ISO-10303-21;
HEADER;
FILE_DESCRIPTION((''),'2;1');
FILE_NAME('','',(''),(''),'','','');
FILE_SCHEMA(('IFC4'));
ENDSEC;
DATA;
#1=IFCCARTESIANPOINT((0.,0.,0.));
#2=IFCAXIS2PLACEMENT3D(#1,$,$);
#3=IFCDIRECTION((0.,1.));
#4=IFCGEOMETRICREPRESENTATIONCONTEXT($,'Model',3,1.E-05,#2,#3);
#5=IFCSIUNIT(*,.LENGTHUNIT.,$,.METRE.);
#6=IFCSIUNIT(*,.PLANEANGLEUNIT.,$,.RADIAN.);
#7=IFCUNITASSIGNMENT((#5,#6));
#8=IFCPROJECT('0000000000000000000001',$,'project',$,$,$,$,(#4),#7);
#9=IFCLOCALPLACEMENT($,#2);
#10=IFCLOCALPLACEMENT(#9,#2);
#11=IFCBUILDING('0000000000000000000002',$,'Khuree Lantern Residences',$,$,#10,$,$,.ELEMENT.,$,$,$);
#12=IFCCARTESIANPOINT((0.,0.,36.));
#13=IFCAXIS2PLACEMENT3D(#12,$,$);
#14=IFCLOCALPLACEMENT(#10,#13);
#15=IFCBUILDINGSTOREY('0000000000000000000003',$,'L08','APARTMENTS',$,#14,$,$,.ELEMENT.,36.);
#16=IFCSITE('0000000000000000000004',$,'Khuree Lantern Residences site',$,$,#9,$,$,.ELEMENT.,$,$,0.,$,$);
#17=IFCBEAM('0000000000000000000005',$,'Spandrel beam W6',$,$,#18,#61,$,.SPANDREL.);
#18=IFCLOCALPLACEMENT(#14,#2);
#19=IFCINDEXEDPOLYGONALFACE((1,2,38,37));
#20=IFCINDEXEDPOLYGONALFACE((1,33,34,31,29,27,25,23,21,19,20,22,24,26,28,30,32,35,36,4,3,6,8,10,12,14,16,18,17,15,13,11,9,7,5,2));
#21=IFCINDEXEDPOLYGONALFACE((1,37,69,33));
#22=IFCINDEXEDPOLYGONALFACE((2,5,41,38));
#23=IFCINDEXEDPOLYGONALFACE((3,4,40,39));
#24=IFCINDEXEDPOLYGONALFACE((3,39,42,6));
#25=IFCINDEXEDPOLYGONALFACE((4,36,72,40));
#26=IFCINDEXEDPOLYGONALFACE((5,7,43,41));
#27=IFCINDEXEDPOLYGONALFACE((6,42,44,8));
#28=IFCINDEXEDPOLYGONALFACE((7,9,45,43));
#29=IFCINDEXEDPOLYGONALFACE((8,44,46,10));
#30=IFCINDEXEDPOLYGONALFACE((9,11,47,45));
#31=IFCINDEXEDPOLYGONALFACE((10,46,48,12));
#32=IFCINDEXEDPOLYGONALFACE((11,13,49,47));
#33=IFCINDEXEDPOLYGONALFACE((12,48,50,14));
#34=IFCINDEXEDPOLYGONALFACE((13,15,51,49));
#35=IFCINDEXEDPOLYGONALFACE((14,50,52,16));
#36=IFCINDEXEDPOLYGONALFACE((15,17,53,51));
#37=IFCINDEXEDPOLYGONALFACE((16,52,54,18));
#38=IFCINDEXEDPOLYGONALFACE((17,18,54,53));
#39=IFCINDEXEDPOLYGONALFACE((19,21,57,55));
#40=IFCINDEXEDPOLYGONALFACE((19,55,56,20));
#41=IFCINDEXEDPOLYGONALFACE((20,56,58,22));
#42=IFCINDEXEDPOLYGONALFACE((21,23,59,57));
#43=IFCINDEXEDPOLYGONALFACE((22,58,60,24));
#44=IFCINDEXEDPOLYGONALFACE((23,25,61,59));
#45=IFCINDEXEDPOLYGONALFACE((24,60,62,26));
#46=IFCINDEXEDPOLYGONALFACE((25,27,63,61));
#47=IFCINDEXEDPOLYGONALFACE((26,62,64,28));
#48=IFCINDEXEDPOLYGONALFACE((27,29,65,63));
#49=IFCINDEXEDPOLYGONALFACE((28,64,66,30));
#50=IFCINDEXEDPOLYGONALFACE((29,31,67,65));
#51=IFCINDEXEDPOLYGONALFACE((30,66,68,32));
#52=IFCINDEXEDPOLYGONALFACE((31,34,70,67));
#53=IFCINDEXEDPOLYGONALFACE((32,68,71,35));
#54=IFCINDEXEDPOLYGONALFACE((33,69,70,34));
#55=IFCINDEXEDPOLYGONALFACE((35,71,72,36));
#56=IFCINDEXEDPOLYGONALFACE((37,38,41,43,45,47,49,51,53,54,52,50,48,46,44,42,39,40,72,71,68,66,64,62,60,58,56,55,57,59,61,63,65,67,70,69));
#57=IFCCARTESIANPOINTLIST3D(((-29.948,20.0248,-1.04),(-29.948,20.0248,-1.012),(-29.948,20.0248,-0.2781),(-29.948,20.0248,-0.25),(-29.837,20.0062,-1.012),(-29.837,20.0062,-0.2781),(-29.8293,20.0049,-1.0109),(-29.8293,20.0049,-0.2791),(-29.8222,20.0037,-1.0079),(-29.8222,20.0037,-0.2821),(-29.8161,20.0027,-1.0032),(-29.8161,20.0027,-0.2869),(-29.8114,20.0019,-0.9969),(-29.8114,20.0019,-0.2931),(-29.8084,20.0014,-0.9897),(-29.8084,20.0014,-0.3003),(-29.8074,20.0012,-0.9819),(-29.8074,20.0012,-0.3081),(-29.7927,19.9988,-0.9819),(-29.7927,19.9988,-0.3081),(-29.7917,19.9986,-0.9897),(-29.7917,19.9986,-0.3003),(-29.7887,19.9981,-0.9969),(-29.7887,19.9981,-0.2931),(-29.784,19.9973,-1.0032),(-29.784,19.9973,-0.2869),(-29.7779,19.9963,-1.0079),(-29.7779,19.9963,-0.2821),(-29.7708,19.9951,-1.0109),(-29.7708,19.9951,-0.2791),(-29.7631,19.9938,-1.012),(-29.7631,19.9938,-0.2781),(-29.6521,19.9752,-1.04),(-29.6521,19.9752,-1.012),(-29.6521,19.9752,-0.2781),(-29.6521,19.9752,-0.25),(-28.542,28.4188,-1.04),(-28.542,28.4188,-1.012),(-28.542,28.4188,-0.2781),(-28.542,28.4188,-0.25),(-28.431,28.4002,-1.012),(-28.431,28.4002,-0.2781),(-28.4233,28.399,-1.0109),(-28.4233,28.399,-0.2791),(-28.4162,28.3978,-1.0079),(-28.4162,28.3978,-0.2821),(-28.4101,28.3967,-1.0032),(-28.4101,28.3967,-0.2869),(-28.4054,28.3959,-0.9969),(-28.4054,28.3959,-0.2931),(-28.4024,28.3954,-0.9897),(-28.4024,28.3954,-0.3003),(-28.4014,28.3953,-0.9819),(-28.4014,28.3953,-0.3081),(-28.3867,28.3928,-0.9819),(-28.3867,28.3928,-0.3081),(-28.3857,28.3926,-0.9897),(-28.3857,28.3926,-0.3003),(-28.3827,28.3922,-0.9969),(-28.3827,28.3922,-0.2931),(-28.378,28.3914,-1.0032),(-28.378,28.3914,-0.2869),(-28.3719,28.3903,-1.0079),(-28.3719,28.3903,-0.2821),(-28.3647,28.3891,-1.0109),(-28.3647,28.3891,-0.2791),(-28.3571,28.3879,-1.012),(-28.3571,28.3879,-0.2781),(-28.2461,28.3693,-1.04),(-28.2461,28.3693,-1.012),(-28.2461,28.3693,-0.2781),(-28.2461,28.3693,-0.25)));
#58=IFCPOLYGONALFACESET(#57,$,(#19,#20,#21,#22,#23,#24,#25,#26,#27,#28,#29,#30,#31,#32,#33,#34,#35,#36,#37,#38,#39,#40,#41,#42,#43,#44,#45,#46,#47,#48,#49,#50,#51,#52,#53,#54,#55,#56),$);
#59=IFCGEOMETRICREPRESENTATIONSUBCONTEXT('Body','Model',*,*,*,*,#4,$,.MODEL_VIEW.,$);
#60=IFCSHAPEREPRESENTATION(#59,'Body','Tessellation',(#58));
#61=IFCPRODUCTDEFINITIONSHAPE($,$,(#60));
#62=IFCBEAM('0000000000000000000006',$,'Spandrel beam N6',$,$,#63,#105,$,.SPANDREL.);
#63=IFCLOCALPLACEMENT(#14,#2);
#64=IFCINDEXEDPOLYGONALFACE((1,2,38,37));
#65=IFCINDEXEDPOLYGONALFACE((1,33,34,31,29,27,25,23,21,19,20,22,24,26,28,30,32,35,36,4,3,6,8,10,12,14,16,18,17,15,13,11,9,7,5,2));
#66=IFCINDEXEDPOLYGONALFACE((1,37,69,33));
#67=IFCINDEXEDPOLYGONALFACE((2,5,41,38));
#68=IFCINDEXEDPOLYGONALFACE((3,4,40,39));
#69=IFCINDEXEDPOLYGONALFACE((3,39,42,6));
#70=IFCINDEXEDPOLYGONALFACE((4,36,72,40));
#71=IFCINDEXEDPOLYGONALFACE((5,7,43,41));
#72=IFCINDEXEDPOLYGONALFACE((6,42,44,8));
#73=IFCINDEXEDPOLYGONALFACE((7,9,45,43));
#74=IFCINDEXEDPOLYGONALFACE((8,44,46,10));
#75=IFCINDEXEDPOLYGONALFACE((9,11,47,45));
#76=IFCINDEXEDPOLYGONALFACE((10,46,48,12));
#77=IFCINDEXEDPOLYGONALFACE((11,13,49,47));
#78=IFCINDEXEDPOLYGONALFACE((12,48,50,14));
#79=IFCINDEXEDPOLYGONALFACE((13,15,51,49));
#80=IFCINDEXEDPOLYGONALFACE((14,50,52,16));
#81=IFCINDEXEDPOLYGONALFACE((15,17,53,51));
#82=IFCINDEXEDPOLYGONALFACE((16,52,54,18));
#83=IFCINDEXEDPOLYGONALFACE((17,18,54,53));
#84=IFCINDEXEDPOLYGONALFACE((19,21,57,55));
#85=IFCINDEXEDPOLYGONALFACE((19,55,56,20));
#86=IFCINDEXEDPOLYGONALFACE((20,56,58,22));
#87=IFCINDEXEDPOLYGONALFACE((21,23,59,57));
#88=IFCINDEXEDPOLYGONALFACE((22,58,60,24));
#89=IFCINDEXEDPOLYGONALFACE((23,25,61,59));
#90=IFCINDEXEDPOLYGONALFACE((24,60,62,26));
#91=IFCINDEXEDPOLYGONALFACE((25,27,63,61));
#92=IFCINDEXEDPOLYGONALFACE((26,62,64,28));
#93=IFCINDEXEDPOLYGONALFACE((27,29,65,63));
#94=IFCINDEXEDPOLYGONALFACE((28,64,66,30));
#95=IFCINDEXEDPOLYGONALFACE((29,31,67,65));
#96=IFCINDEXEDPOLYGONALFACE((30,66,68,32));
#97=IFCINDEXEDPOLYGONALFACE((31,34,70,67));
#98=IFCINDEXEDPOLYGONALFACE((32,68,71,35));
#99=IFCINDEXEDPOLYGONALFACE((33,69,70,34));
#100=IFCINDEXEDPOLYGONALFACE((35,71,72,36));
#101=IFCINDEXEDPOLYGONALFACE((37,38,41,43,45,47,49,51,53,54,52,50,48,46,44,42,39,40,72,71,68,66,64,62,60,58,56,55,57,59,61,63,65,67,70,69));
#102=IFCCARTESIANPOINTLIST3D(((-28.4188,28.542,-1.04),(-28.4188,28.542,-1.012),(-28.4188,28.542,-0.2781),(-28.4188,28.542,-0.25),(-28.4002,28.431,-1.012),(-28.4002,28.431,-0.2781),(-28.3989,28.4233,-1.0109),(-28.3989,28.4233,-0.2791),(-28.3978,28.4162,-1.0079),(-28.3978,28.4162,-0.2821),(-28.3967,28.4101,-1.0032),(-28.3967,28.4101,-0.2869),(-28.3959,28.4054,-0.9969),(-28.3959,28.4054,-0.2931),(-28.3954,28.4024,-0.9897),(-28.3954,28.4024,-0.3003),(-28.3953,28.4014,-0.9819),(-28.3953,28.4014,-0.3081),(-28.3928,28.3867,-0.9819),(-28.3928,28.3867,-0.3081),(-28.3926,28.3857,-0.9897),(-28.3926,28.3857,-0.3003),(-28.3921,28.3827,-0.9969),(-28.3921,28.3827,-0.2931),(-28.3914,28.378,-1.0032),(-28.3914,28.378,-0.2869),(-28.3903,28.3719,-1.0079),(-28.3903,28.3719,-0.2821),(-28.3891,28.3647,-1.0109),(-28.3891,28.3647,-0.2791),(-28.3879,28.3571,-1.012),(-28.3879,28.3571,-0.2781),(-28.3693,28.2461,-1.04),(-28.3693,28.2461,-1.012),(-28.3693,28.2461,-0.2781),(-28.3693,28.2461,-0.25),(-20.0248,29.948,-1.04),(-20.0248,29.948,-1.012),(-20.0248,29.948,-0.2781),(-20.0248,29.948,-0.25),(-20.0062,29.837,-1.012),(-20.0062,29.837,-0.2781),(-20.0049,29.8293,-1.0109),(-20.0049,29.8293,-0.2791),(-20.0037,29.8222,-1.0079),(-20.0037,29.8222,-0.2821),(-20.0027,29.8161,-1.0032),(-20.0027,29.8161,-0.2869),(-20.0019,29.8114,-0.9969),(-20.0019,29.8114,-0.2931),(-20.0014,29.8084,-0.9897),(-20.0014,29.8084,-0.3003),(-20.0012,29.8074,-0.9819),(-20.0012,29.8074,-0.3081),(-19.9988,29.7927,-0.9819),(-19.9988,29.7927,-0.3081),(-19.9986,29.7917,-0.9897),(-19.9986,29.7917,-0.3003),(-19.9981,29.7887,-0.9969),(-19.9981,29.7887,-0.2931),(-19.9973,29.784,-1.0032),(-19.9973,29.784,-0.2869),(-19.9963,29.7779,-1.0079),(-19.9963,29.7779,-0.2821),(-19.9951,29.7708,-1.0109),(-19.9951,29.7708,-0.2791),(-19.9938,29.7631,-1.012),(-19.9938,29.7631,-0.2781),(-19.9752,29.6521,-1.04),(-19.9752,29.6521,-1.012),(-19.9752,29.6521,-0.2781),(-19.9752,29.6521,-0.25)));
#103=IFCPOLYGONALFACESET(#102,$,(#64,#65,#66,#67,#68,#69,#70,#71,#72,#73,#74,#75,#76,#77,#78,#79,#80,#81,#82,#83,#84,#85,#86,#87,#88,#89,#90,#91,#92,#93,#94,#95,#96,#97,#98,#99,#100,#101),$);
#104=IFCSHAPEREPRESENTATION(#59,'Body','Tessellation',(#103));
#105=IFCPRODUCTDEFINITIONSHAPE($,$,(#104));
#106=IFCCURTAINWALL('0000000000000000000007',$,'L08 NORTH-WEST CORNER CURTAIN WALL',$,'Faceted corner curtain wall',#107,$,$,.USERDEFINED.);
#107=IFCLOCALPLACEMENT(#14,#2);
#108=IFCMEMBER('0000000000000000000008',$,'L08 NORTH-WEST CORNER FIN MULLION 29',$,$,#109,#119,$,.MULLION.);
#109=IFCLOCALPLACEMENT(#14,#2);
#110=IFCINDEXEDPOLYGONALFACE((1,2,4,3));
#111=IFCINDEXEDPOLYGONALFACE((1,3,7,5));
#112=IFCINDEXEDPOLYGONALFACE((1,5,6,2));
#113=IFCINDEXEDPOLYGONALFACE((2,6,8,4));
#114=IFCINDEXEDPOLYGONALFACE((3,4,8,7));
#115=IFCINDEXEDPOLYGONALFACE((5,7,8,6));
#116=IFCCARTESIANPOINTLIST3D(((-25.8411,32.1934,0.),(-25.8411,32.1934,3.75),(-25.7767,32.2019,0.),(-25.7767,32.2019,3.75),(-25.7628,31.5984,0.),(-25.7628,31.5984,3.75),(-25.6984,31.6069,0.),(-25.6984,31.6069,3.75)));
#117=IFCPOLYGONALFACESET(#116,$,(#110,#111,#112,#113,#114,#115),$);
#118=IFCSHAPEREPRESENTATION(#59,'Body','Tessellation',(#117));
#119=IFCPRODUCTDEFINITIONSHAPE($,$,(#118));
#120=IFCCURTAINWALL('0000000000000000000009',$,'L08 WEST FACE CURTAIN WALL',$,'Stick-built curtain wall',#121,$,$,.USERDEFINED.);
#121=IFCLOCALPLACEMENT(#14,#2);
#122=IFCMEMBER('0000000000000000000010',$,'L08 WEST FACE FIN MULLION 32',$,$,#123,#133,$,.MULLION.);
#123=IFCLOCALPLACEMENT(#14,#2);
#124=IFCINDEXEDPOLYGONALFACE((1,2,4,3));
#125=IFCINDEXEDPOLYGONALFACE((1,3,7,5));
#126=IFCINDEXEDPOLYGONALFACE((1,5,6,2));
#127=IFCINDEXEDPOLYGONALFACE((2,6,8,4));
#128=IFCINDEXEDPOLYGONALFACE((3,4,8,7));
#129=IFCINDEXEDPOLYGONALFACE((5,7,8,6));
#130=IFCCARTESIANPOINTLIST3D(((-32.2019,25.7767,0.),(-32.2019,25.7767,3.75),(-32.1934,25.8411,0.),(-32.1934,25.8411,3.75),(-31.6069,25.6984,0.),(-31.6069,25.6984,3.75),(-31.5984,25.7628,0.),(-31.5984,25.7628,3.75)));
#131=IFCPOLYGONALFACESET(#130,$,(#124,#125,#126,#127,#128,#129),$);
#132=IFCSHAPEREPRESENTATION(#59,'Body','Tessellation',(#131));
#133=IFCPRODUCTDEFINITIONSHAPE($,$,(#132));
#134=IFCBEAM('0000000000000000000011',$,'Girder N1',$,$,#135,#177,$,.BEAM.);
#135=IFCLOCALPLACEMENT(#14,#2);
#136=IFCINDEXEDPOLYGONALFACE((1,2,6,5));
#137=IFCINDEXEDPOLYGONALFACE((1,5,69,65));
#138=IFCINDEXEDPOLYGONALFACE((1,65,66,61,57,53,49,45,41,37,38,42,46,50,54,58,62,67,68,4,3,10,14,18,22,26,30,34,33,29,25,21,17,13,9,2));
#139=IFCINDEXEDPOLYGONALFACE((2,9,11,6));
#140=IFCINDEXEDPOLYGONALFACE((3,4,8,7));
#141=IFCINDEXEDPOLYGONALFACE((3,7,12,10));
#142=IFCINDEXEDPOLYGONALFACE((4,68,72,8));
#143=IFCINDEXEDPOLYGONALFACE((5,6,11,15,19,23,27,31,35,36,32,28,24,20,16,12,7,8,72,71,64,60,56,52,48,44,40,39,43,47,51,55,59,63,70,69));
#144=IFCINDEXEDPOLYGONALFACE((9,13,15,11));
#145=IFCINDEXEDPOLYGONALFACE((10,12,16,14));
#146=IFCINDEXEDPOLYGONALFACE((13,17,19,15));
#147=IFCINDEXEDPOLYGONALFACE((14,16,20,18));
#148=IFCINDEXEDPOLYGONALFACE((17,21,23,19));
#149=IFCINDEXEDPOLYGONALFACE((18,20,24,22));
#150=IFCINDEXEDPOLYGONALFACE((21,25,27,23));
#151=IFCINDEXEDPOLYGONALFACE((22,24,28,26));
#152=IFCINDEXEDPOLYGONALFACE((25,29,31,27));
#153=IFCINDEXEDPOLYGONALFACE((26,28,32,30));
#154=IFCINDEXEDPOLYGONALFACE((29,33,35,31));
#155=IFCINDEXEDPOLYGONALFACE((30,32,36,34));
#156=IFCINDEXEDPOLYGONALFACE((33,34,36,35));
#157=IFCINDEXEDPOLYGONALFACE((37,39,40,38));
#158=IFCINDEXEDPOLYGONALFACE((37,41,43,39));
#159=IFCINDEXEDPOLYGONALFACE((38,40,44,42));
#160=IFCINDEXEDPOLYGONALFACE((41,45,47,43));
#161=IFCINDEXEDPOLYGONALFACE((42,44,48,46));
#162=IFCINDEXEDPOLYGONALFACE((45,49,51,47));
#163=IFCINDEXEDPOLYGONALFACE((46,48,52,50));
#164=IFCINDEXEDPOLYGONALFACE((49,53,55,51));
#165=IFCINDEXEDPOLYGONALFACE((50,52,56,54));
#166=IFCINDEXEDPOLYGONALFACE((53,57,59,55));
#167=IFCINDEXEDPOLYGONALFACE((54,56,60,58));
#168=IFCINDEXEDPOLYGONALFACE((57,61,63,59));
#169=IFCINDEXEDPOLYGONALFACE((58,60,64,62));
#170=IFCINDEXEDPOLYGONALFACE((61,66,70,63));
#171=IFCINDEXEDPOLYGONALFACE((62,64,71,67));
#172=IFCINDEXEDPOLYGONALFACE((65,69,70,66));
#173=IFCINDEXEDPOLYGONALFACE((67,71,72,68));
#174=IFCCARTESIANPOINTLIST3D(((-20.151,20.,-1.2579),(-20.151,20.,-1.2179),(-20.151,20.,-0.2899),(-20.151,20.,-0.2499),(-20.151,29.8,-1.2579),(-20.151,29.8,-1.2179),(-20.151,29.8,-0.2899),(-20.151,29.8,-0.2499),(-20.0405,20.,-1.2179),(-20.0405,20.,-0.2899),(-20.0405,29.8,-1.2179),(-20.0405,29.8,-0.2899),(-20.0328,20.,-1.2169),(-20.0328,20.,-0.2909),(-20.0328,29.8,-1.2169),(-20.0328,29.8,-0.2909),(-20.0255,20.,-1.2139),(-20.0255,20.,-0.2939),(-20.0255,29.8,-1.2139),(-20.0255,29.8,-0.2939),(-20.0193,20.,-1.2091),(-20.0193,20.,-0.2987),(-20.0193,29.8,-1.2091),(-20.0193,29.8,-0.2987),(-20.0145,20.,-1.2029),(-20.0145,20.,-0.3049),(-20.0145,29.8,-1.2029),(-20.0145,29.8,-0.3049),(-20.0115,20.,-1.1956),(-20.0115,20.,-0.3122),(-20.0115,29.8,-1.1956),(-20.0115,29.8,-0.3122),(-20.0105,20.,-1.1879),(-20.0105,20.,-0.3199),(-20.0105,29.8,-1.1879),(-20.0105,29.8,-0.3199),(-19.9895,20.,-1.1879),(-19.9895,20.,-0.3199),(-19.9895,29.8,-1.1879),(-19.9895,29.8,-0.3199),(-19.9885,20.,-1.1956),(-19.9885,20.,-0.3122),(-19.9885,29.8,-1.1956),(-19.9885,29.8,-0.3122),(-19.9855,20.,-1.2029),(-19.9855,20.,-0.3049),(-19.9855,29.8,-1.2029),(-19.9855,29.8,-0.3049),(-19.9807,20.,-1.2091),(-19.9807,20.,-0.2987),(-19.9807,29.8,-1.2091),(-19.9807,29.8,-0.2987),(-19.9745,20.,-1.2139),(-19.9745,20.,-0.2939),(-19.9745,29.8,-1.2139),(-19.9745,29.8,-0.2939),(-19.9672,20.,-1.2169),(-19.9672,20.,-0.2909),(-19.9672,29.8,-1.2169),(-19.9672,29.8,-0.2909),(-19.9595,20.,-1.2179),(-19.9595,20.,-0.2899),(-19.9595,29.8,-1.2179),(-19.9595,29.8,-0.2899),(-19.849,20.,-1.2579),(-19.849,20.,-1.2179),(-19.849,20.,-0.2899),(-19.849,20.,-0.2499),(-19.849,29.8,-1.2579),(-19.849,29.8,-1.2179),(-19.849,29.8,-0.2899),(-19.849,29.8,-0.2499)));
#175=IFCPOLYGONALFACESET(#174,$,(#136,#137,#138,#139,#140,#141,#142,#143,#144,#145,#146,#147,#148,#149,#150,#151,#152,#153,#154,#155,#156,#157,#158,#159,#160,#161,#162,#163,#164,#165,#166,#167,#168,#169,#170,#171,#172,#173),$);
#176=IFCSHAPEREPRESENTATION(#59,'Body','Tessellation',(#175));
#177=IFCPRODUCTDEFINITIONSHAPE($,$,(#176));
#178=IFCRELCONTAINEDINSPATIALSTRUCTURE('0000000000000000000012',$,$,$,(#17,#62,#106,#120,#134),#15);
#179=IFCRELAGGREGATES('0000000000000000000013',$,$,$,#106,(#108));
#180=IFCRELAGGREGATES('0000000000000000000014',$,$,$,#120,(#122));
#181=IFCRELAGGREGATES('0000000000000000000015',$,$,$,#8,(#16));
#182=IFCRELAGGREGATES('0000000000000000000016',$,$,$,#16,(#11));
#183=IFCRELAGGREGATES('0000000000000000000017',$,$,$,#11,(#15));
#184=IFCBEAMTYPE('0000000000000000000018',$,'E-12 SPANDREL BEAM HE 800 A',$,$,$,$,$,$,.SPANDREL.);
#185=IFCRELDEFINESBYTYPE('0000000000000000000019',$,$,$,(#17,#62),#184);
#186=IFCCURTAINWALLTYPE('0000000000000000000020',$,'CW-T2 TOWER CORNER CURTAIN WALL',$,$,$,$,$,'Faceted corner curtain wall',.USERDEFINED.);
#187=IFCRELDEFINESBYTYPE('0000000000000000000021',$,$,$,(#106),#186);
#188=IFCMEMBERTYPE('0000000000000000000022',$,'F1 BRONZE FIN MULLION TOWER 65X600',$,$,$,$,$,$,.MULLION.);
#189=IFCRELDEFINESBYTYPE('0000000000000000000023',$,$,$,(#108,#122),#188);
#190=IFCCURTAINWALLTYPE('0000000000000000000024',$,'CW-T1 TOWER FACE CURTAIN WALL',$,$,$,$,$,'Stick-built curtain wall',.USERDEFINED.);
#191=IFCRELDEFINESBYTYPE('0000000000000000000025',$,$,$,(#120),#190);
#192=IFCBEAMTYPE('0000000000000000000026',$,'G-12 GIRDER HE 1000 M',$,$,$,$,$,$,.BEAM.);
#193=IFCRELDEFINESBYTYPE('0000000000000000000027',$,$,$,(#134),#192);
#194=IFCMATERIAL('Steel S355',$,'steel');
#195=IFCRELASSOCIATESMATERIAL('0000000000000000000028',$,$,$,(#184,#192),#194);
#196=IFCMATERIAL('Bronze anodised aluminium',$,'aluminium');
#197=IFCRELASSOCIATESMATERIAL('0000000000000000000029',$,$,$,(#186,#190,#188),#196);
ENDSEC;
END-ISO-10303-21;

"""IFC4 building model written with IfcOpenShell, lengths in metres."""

from ifc_helpers import new_model, si_unit, direction, frame, origin, origin_2d, place, context, subcontext, project, spatial, rectangle, i_section, extrude, material, material_profile, profile_set, type_object, element, aggregate, save


model = new_model("IFC4")

# Units and contexts
model_context = context("Model", 3, precision=1e-05, world=origin(), true_north=direction((0.0, 1.0)))
body_context = subcontext(model_context, "Body", "Model", "MODEL_VIEW")
ifc_project = project(units=[si_unit("LENGTHUNIT", "METRE"), si_unit("PLANEANGLEUNIT", "RADIAN")], contexts=[model_context])

# Site, building, storey
site_placement = place(None, origin())
site = spatial("IfcSite", under=ifc_project, at=site_placement, Name="Khuree Lantern Residences site", CompositionType="ELEMENT", RefElevation=0.0)
building_placement = place(site_placement, origin())
building = spatial("IfcBuilding", under=site, at=building_placement, Name="Khuree Lantern Residences", CompositionType="ELEMENT")
storey_placement = place(building_placement, frame((0.0, 0.0, 36.0)))
storey = spatial("IfcBuildingStorey", under=building, at=storey_placement, Name="L08", Description="APARTMENTS", CompositionType="ELEMENT", Elevation=36.0)

# Beams
ifc_material_1 = material(Name="Steel S355", Category="steel")
ifc_material_profile_1 = material_profile(ifc_material_1, i_section(OverallWidth=0.3, OverallDepth=0.79, WebThickness=0.0149, FlangeThickness=0.0281, FilletRadius=0.03, at=origin_2d()), Name="HE 800 A")
ifc_profile_set_1 = profile_set([ifc_material_profile_1], Name="Steel S355")
beam_type_1 = type_object("IfcBeamType", Name="E-12 SPANDREL BEAM HE 800 A", PredefinedType="SPANDREL", material=ifc_profile_set_1)
for number, where, z_axis, x_axis, name in (
    (1, (-29.8, 20.0, -0.645), (0.165199, 0.98626, 0.0), (-0.98626, 0.165199, 0.0), "Spandrel beam W6"),
    (2, (-28.394, 28.394, -0.645), (0.98626, 0.165199, 0.0), (-0.165199, 0.98626, 0.0), "Spandrel beam N6"),
):
    element("IfcBeam", number, at=place(storey_placement, frame(where, z_axis=z_axis, x_axis=x_axis)), inside=storey, type_object=beam_type_1, Name=name, PredefinedType="SPANDREL", context=body_context, shape_type="SweptSolid", body=[
        extrude(i_section(OverallWidth=0.3, OverallDepth=0.79, WebThickness=0.0149, FlangeThickness=0.0281, FilletRadius=0.03, at=origin_2d()), origin(), (0.0, 0.0, 1.0), 8.511),
    ])

# Curtain walls, members
ifc_material_2 = material(Name="Bronze anodised aluminium", Category="aluminium")
curtain_wall_type_1 = type_object("IfcCurtainWallType", Name="CW-T2 TOWER CORNER CURTAIN WALL", ElementType="Faceted corner curtain wall", PredefinedType="USERDEFINED", material=ifc_material_2)
curtain_wall_1_placement = place(storey_placement, origin())
curtain_wall_1 = element("IfcCurtainWall", 3, at=curtain_wall_1_placement, inside=storey, type_object=curtain_wall_type_1, Name="L08 NORTH-WEST CORNER CURTAIN WALL", ObjectType="Faceted corner curtain wall", PredefinedType="USERDEFINED")
ifc_material_profile_2 = material_profile(ifc_material_2, rectangle(XDim=0.0649, YDim=0.6001, at=origin_2d()), Name="F1 65X600")
ifc_profile_set_2 = profile_set([ifc_material_profile_2], Name="Bronze anodised aluminium")
member_type_1 = type_object("IfcMemberType", Name="F1 BRONZE FIN MULLION TOWER 65X600", PredefinedType="MULLION", material=ifc_profile_set_2)
member_1_placement = place(storey_placement, frame((-25.7698, 31.9001, 0.0), z_axis=(0.0, 0.0, 1.0), x_axis=(-0.991445, -0.130526, 0.0)))
member_1 = element("IfcMember", 4, at=member_1_placement, type_object=member_type_1, Name="L08 NORTH-WEST CORNER FIN MULLION 29", PredefinedType="MULLION", context=body_context, shape_type="SweptSolid", body=[
    extrude(rectangle(XDim=0.0649, YDim=0.6001, at=origin_2d()), origin(), (0.0, 0.0, 1.0), 3.75),
])
curtain_wall_type_2 = type_object("IfcCurtainWallType", Name="CW-T1 TOWER FACE CURTAIN WALL", ElementType="Stick-built curtain wall", PredefinedType="USERDEFINED", material=ifc_material_2)
curtain_wall_2_placement = place(storey_placement, origin())
curtain_wall_2 = element("IfcCurtainWall", 5, at=curtain_wall_2_placement, inside=storey, type_object=curtain_wall_type_2, Name="L08 WEST FACE CURTAIN WALL", ObjectType="Stick-built curtain wall", PredefinedType="USERDEFINED")
member_2_placement = place(storey_placement, frame((-31.9001, 25.7698, 0.0), z_axis=(0.0, 0.0, 1.0), x_axis=(-0.130526, -0.991445, 0.0)))
member_2 = element("IfcMember", 6, at=member_2_placement, type_object=member_type_1, Name="L08 WEST FACE FIN MULLION 32", PredefinedType="MULLION", context=body_context, shape_type="SweptSolid", body=[
    extrude(rectangle(XDim=0.0649, YDim=0.6001, at=origin_2d()), origin(), (0.0, 0.0, 1.0), 3.75),
])

# Beam
ifc_material_profile_3 = material_profile(ifc_material_1, i_section(OverallWidth=0.302, OverallDepth=1.0081, WebThickness=0.021, FlangeThickness=0.04, FilletRadius=0.03, at=origin_2d()), Name="HE 1000 M")
ifc_profile_set_3 = profile_set([ifc_material_profile_3], Name="Steel S355")
beam_type_2 = type_object("IfcBeamType", Name="G-12 GIRDER HE 1000 M", PredefinedType="BEAM", material=ifc_profile_set_3)
for number, where, z_axis, x_axis, name in (
    (7, (-20.0, 29.8, -0.7539), (0.0, -1.0, 0.0), (1.0, 0.0, 0.0), "Girder N1"),
):
    element("IfcBeam", number, at=place(storey_placement, frame(where, z_axis=z_axis, x_axis=x_axis)), inside=storey, type_object=beam_type_2, Name=name, PredefinedType="BEAM", context=body_context, shape_type="SweptSolid", body=[
        extrude(i_section(OverallWidth=0.302, OverallDepth=1.0081, WebThickness=0.021, FlangeThickness=0.04, FilletRadius=0.03, at=origin_2d()), origin(), (0.0, 0.0, 1.0), 9.8),
    ])

aggregate(curtain_wall_1, [member_1])
aggregate(curtain_wall_2, [member_2])

save(model, "model.ifc")
